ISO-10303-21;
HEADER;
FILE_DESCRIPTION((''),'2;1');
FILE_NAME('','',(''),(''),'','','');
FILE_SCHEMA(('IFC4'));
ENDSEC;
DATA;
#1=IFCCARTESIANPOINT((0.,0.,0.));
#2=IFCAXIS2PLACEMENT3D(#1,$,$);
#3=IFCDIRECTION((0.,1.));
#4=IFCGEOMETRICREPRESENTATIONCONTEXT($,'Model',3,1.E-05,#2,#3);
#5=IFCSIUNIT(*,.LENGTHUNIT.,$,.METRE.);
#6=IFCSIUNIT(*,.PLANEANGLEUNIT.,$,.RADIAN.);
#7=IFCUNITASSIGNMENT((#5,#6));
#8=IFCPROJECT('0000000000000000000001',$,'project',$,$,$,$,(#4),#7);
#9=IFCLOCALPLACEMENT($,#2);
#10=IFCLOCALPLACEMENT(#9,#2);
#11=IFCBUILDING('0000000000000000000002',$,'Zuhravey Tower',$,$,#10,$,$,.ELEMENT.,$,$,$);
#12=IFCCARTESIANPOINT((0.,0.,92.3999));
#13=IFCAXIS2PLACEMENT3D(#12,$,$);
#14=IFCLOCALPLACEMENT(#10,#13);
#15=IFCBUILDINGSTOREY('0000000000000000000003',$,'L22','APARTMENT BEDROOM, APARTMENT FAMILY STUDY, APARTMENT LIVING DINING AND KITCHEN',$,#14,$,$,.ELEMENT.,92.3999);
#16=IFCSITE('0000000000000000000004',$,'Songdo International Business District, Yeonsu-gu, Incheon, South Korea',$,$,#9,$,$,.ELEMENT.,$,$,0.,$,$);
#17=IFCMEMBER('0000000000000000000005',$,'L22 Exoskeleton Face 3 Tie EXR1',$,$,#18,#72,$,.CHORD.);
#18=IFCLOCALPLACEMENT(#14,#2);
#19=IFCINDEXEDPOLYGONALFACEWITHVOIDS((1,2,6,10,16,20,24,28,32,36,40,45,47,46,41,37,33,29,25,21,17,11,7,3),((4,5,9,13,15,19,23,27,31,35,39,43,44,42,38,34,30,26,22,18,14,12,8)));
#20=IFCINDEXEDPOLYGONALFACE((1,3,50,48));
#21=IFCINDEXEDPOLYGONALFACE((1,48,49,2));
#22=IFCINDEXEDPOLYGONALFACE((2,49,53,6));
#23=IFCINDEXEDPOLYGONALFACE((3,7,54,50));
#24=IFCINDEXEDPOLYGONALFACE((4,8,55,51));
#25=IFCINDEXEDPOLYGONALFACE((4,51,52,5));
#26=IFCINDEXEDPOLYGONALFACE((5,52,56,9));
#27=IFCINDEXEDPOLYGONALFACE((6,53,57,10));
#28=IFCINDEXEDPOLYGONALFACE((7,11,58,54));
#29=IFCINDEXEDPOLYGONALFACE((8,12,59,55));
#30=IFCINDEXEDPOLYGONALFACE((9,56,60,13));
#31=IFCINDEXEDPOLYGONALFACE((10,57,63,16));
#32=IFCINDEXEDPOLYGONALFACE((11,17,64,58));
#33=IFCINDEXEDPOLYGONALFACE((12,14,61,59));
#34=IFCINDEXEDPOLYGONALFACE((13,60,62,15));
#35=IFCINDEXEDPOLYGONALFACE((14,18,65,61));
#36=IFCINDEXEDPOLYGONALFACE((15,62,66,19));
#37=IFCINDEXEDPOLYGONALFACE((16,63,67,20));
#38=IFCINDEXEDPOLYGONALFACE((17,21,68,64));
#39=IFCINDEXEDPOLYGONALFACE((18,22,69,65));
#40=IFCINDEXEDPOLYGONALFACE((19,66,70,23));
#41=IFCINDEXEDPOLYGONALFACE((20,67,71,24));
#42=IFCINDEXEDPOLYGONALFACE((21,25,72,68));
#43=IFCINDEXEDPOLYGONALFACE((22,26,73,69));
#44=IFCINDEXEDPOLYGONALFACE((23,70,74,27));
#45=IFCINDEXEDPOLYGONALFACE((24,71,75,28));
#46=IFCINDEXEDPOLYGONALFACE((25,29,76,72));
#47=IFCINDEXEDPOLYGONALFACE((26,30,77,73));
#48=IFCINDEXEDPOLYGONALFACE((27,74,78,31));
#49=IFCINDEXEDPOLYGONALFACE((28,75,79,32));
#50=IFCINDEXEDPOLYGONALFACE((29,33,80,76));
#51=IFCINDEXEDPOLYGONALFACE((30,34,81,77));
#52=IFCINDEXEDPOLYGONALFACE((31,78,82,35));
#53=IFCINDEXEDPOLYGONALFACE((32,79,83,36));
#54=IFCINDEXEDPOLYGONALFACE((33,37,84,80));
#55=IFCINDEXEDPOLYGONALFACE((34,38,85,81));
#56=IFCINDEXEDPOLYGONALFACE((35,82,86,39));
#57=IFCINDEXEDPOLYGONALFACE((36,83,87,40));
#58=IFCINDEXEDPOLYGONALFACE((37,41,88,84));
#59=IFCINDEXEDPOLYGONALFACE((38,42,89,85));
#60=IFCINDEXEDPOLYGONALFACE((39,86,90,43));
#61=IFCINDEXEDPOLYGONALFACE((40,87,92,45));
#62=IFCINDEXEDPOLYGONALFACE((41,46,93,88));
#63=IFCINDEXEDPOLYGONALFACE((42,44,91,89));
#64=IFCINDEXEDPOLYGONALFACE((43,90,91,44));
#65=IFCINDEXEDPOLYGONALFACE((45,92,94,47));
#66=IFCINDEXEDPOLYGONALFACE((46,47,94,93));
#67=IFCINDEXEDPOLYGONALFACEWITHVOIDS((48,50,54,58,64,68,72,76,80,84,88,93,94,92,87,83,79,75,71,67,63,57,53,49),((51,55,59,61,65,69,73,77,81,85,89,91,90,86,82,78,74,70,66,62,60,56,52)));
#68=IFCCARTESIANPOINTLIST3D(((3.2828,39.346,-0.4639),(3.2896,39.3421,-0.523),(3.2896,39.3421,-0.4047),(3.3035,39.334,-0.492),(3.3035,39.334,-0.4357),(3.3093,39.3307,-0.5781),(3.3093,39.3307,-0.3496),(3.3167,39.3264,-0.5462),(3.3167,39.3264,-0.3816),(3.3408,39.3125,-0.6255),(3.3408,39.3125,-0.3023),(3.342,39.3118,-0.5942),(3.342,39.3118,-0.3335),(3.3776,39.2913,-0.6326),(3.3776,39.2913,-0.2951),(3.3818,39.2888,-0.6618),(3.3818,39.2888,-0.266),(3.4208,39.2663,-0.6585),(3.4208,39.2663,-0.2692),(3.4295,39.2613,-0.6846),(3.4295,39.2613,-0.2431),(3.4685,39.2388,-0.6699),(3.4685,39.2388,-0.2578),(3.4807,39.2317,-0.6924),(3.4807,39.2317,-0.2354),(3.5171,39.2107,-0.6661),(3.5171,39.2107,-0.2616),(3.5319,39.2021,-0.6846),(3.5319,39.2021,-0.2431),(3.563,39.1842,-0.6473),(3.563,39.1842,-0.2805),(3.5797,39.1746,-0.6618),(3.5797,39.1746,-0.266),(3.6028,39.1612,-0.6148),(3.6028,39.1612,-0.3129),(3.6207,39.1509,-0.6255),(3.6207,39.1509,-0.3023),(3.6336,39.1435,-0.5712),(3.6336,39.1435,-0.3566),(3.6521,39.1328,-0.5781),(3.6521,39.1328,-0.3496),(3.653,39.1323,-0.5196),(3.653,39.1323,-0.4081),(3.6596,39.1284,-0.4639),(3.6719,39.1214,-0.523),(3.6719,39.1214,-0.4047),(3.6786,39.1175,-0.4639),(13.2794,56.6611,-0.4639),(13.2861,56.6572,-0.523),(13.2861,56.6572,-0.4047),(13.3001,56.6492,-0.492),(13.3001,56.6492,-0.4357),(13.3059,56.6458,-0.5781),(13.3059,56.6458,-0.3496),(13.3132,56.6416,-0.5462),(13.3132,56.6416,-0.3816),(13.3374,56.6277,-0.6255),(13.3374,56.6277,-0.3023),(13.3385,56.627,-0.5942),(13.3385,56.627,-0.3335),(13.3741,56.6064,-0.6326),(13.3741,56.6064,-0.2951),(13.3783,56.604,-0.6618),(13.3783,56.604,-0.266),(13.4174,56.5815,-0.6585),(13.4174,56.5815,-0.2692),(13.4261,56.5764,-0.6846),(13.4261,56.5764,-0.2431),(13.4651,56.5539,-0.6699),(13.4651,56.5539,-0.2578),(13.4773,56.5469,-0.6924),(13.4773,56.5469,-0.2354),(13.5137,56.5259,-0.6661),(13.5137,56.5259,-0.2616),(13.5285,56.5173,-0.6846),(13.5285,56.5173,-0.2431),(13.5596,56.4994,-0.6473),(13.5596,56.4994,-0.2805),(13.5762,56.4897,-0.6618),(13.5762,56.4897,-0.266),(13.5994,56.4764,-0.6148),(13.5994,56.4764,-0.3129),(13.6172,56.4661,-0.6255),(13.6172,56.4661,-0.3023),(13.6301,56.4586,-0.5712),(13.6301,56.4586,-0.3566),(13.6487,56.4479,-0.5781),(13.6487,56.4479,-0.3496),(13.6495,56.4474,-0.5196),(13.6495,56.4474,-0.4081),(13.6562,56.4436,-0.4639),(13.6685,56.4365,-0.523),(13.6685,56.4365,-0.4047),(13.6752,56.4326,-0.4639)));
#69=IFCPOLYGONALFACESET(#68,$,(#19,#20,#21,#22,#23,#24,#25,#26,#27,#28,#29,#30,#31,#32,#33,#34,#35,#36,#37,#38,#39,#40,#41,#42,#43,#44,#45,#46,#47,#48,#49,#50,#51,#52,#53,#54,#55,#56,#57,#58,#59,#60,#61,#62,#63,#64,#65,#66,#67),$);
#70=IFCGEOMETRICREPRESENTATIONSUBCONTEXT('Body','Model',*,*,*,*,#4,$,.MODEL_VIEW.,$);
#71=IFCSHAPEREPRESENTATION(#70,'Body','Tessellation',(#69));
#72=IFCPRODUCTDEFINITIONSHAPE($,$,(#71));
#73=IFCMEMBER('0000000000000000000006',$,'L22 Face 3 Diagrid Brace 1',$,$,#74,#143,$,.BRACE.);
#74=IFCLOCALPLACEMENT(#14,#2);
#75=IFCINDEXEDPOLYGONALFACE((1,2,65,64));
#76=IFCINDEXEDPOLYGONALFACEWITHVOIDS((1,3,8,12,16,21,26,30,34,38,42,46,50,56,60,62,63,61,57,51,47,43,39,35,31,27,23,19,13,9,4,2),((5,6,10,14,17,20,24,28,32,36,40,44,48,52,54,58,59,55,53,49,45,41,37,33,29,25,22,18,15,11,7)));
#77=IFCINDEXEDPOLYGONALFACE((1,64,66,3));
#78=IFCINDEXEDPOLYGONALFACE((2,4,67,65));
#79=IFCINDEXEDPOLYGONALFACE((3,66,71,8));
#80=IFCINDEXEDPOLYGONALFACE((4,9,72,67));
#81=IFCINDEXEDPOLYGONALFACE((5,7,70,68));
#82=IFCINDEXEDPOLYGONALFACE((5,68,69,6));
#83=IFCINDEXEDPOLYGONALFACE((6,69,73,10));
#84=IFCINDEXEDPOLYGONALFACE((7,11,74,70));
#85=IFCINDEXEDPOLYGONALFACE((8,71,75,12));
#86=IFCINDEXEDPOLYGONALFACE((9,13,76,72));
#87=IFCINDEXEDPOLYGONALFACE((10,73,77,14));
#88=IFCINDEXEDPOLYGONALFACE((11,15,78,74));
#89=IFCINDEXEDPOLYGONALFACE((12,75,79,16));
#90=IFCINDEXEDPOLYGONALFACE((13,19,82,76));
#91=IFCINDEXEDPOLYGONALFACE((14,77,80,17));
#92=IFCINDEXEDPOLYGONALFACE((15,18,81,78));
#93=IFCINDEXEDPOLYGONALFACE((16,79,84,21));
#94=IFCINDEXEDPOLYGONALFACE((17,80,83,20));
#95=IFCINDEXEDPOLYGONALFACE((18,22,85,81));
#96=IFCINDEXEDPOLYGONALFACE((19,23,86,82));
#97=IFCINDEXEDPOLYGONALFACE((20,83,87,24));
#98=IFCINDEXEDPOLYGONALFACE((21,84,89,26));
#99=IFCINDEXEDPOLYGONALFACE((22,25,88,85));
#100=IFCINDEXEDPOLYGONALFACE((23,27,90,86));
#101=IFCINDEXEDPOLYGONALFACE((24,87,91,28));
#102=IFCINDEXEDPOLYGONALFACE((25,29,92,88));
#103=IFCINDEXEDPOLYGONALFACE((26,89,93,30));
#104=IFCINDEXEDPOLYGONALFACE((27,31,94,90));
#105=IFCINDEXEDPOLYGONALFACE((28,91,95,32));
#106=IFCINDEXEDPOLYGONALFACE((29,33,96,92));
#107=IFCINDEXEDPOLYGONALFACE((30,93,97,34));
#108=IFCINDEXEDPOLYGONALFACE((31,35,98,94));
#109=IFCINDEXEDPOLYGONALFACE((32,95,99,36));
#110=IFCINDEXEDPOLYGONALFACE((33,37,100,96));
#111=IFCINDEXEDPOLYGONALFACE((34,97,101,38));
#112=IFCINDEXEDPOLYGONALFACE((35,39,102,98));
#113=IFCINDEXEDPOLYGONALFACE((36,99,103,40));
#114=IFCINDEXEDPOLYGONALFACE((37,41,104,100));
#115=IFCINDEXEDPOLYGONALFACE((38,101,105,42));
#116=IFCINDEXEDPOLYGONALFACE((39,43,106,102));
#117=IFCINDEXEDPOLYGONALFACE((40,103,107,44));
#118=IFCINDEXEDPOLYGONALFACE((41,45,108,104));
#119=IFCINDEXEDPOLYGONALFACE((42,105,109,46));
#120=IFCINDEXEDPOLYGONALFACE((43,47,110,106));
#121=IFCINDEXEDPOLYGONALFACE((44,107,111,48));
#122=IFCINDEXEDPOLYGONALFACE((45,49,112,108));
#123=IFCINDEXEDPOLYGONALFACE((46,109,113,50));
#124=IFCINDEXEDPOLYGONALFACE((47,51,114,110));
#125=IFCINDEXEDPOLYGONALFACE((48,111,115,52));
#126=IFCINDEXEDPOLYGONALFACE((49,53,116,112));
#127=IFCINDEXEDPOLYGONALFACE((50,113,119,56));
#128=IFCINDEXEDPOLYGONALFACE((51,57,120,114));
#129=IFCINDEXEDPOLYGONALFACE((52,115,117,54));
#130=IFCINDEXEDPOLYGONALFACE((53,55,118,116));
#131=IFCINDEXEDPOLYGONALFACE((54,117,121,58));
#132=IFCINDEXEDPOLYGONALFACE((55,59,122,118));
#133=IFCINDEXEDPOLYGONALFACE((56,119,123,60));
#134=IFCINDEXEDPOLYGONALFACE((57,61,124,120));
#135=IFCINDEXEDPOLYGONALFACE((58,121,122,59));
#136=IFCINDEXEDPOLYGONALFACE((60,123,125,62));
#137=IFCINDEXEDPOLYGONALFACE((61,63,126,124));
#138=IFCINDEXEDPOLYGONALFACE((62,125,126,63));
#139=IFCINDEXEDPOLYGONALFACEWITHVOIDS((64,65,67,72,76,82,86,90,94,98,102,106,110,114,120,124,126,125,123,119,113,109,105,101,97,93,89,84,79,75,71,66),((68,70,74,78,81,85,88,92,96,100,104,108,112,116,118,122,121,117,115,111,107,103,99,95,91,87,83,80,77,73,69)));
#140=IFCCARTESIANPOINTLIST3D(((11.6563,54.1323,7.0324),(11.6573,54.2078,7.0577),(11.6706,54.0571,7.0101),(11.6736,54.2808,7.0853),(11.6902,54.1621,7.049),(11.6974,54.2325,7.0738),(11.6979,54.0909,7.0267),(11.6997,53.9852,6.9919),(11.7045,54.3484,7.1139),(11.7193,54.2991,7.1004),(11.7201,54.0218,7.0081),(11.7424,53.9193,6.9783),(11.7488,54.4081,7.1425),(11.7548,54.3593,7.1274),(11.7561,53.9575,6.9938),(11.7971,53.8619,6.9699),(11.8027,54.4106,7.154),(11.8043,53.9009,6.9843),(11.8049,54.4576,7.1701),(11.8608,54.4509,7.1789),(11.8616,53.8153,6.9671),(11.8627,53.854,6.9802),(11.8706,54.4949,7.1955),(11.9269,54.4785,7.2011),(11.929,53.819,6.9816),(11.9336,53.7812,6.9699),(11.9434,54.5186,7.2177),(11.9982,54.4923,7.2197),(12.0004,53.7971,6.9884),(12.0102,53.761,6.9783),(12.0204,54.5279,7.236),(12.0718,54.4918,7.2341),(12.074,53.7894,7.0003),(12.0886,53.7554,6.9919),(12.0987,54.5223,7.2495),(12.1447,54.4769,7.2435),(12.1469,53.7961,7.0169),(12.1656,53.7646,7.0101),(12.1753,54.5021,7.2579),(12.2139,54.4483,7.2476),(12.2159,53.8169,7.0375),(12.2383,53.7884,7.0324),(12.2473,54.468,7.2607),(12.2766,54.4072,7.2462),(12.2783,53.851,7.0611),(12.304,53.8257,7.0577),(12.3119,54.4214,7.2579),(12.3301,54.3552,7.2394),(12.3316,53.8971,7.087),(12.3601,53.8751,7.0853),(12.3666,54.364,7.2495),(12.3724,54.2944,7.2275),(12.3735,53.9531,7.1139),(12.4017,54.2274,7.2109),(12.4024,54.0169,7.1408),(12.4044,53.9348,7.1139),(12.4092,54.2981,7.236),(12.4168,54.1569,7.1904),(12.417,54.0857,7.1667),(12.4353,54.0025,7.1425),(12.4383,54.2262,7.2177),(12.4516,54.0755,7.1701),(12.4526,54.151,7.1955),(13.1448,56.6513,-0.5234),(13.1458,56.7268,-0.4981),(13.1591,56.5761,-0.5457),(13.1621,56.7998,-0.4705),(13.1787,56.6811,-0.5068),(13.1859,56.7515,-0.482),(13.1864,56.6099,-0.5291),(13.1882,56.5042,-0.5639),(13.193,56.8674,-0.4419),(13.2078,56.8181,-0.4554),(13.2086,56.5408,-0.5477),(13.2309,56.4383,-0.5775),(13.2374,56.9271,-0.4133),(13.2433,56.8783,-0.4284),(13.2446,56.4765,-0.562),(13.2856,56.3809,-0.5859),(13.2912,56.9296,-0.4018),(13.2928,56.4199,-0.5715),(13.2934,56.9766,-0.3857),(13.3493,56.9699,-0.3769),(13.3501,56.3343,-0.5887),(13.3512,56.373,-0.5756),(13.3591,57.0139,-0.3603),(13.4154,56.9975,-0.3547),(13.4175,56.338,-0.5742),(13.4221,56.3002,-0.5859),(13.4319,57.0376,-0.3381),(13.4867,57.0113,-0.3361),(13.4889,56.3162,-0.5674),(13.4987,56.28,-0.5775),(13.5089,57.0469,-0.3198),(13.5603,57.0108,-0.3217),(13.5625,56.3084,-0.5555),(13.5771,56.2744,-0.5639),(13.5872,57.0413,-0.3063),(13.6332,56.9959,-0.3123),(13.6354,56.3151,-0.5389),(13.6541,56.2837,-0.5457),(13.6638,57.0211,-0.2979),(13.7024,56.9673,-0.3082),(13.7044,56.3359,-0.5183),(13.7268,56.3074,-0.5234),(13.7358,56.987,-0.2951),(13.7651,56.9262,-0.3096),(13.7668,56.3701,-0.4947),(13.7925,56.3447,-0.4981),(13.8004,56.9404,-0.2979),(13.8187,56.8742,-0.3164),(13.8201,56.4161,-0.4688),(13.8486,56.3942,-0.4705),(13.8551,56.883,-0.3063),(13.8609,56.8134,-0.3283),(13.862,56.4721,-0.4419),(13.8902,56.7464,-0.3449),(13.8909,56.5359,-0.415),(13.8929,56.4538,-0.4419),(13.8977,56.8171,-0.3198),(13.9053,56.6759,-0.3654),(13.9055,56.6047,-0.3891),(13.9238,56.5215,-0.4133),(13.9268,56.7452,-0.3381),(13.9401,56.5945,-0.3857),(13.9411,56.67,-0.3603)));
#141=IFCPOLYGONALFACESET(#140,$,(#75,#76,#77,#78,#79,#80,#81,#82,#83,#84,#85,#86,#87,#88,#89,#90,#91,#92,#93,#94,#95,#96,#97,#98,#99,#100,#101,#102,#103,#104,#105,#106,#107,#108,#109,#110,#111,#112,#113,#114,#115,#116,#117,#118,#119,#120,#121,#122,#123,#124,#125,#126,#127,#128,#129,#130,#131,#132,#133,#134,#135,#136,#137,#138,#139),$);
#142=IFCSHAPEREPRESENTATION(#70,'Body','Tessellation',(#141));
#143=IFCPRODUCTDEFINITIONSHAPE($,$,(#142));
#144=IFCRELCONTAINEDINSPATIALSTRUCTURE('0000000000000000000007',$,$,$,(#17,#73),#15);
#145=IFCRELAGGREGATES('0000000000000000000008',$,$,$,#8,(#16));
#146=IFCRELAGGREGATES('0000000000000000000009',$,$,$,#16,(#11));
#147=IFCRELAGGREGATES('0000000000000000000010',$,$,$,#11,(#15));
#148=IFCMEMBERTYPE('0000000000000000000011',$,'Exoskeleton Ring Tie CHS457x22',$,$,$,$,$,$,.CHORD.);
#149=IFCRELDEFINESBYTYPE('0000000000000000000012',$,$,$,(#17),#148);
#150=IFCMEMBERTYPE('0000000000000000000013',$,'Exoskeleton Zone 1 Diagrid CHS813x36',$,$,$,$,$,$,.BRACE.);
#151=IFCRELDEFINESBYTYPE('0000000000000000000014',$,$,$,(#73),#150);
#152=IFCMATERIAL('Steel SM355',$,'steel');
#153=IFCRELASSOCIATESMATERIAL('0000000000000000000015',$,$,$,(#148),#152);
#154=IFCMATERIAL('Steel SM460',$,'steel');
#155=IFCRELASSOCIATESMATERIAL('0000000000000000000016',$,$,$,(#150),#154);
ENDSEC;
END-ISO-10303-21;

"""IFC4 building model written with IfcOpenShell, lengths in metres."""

from ifc_helpers import new_model, si_unit, direction, frame, origin, origin_2d, place, context, subcontext, project, spatial, hollow_circle, extrude, material, material_profile, profile_set, type_object, element, save


model = new_model("IFC4")

# Units and contexts
model_context = context("Model", 3, precision=1e-05, world=origin(), true_north=direction((0.0, 1.0)))
body_context = subcontext(model_context, "Body", "Model", "MODEL_VIEW")
ifc_project = project(units=[si_unit("LENGTHUNIT", "METRE"), si_unit("PLANEANGLEUNIT", "RADIAN")], contexts=[model_context])

# Site, building, storey
site_placement = place(None, origin())
site = spatial("IfcSite", under=ifc_project, at=site_placement, Name="Songdo International Business District, Yeonsu-gu, Incheon, South Korea", CompositionType="ELEMENT", RefElevation=0.0)
building_placement = place(site_placement, origin())
building = spatial("IfcBuilding", under=site, at=building_placement, Name="Zuhravey Tower", CompositionType="ELEMENT")
storey_placement = place(building_placement, frame((0.0, 0.0, 92.3999)))
storey = spatial("IfcBuildingStorey", under=building, at=storey_placement, Name="L22", Description="APARTMENT BEDROOM, APARTMENT FAMILY STUDY, APARTMENT LIVING DINING AND KITCHEN", CompositionType="ELEMENT", Elevation=92.3999)

# Members
ifc_material_1 = material(Name="Steel SM355", Category="steel")
ifc_material_profile_1 = material_profile(ifc_material_1, hollow_circle(Radius=0.2285, WallThickness=0.022, at=origin_2d()), Name="CHS-457.2x22")
ifc_profile_set_1 = profile_set([ifc_material_profile_1], Name="Steel SM355")
member_type_1 = type_object("IfcMemberType", Name="Exoskeleton Ring Tie CHS457x22", PredefinedType="CHORD", material=ifc_profile_set_1)
member_1_placement = place(storey_placement, frame((13.4773, 56.5469, -0.4639), z_axis=(-0.499987, -0.866033, 0.0), x_axis=(0.866033, -0.499987, 0.0)))
element("IfcMember", 1, at=member_1_placement, inside=storey, type_object=member_type_1, Name="L22 Exoskeleton Face 3 Tie EXR1", PredefinedType="CHORD", context=body_context, shape_type="SweptSolid", body=[
    extrude(hollow_circle(Radius=0.2285, WallThickness=0.022, at=origin_2d()), origin(), (0.0, 0.0, 1.0), 19.9937),
])
ifc_material_2 = material(Name="Steel SM460", Category="steel")
ifc_material_profile_2 = material_profile(ifc_material_2, hollow_circle(Radius=0.4065, WallThickness=0.0359, at=origin_2d()), Name="CHS-812.8x36")
ifc_profile_set_2 = profile_set([ifc_material_profile_2], Name="Steel SM460")
member_type_2 = type_object("IfcMemberType", Name="Exoskeleton Zone 1 Diagrid CHS813x36", PredefinedType="BRACE", material=ifc_profile_set_2)
member_2_placement = place(storey_placement, frame((13.543, 56.6606, -0.4419), z_axis=(-0.183708, -0.310891, 0.932522), x_axis=(0.860927, -0.508729, 0.0)))
element("IfcMember", 2, at=member_2_placement, inside=storey, type_object=member_type_2, Name="L22 Face 3 Diagrid Brace 1", PredefinedType="BRACE", context=body_context, shape_type="SweptSolid", body=[
    extrude(hollow_circle(Radius=0.4065, WallThickness=0.0359, at=origin_2d()), origin(), (0.0, 0.0, 1.0), 8.1025),
])

save(model, "model.ifc")
